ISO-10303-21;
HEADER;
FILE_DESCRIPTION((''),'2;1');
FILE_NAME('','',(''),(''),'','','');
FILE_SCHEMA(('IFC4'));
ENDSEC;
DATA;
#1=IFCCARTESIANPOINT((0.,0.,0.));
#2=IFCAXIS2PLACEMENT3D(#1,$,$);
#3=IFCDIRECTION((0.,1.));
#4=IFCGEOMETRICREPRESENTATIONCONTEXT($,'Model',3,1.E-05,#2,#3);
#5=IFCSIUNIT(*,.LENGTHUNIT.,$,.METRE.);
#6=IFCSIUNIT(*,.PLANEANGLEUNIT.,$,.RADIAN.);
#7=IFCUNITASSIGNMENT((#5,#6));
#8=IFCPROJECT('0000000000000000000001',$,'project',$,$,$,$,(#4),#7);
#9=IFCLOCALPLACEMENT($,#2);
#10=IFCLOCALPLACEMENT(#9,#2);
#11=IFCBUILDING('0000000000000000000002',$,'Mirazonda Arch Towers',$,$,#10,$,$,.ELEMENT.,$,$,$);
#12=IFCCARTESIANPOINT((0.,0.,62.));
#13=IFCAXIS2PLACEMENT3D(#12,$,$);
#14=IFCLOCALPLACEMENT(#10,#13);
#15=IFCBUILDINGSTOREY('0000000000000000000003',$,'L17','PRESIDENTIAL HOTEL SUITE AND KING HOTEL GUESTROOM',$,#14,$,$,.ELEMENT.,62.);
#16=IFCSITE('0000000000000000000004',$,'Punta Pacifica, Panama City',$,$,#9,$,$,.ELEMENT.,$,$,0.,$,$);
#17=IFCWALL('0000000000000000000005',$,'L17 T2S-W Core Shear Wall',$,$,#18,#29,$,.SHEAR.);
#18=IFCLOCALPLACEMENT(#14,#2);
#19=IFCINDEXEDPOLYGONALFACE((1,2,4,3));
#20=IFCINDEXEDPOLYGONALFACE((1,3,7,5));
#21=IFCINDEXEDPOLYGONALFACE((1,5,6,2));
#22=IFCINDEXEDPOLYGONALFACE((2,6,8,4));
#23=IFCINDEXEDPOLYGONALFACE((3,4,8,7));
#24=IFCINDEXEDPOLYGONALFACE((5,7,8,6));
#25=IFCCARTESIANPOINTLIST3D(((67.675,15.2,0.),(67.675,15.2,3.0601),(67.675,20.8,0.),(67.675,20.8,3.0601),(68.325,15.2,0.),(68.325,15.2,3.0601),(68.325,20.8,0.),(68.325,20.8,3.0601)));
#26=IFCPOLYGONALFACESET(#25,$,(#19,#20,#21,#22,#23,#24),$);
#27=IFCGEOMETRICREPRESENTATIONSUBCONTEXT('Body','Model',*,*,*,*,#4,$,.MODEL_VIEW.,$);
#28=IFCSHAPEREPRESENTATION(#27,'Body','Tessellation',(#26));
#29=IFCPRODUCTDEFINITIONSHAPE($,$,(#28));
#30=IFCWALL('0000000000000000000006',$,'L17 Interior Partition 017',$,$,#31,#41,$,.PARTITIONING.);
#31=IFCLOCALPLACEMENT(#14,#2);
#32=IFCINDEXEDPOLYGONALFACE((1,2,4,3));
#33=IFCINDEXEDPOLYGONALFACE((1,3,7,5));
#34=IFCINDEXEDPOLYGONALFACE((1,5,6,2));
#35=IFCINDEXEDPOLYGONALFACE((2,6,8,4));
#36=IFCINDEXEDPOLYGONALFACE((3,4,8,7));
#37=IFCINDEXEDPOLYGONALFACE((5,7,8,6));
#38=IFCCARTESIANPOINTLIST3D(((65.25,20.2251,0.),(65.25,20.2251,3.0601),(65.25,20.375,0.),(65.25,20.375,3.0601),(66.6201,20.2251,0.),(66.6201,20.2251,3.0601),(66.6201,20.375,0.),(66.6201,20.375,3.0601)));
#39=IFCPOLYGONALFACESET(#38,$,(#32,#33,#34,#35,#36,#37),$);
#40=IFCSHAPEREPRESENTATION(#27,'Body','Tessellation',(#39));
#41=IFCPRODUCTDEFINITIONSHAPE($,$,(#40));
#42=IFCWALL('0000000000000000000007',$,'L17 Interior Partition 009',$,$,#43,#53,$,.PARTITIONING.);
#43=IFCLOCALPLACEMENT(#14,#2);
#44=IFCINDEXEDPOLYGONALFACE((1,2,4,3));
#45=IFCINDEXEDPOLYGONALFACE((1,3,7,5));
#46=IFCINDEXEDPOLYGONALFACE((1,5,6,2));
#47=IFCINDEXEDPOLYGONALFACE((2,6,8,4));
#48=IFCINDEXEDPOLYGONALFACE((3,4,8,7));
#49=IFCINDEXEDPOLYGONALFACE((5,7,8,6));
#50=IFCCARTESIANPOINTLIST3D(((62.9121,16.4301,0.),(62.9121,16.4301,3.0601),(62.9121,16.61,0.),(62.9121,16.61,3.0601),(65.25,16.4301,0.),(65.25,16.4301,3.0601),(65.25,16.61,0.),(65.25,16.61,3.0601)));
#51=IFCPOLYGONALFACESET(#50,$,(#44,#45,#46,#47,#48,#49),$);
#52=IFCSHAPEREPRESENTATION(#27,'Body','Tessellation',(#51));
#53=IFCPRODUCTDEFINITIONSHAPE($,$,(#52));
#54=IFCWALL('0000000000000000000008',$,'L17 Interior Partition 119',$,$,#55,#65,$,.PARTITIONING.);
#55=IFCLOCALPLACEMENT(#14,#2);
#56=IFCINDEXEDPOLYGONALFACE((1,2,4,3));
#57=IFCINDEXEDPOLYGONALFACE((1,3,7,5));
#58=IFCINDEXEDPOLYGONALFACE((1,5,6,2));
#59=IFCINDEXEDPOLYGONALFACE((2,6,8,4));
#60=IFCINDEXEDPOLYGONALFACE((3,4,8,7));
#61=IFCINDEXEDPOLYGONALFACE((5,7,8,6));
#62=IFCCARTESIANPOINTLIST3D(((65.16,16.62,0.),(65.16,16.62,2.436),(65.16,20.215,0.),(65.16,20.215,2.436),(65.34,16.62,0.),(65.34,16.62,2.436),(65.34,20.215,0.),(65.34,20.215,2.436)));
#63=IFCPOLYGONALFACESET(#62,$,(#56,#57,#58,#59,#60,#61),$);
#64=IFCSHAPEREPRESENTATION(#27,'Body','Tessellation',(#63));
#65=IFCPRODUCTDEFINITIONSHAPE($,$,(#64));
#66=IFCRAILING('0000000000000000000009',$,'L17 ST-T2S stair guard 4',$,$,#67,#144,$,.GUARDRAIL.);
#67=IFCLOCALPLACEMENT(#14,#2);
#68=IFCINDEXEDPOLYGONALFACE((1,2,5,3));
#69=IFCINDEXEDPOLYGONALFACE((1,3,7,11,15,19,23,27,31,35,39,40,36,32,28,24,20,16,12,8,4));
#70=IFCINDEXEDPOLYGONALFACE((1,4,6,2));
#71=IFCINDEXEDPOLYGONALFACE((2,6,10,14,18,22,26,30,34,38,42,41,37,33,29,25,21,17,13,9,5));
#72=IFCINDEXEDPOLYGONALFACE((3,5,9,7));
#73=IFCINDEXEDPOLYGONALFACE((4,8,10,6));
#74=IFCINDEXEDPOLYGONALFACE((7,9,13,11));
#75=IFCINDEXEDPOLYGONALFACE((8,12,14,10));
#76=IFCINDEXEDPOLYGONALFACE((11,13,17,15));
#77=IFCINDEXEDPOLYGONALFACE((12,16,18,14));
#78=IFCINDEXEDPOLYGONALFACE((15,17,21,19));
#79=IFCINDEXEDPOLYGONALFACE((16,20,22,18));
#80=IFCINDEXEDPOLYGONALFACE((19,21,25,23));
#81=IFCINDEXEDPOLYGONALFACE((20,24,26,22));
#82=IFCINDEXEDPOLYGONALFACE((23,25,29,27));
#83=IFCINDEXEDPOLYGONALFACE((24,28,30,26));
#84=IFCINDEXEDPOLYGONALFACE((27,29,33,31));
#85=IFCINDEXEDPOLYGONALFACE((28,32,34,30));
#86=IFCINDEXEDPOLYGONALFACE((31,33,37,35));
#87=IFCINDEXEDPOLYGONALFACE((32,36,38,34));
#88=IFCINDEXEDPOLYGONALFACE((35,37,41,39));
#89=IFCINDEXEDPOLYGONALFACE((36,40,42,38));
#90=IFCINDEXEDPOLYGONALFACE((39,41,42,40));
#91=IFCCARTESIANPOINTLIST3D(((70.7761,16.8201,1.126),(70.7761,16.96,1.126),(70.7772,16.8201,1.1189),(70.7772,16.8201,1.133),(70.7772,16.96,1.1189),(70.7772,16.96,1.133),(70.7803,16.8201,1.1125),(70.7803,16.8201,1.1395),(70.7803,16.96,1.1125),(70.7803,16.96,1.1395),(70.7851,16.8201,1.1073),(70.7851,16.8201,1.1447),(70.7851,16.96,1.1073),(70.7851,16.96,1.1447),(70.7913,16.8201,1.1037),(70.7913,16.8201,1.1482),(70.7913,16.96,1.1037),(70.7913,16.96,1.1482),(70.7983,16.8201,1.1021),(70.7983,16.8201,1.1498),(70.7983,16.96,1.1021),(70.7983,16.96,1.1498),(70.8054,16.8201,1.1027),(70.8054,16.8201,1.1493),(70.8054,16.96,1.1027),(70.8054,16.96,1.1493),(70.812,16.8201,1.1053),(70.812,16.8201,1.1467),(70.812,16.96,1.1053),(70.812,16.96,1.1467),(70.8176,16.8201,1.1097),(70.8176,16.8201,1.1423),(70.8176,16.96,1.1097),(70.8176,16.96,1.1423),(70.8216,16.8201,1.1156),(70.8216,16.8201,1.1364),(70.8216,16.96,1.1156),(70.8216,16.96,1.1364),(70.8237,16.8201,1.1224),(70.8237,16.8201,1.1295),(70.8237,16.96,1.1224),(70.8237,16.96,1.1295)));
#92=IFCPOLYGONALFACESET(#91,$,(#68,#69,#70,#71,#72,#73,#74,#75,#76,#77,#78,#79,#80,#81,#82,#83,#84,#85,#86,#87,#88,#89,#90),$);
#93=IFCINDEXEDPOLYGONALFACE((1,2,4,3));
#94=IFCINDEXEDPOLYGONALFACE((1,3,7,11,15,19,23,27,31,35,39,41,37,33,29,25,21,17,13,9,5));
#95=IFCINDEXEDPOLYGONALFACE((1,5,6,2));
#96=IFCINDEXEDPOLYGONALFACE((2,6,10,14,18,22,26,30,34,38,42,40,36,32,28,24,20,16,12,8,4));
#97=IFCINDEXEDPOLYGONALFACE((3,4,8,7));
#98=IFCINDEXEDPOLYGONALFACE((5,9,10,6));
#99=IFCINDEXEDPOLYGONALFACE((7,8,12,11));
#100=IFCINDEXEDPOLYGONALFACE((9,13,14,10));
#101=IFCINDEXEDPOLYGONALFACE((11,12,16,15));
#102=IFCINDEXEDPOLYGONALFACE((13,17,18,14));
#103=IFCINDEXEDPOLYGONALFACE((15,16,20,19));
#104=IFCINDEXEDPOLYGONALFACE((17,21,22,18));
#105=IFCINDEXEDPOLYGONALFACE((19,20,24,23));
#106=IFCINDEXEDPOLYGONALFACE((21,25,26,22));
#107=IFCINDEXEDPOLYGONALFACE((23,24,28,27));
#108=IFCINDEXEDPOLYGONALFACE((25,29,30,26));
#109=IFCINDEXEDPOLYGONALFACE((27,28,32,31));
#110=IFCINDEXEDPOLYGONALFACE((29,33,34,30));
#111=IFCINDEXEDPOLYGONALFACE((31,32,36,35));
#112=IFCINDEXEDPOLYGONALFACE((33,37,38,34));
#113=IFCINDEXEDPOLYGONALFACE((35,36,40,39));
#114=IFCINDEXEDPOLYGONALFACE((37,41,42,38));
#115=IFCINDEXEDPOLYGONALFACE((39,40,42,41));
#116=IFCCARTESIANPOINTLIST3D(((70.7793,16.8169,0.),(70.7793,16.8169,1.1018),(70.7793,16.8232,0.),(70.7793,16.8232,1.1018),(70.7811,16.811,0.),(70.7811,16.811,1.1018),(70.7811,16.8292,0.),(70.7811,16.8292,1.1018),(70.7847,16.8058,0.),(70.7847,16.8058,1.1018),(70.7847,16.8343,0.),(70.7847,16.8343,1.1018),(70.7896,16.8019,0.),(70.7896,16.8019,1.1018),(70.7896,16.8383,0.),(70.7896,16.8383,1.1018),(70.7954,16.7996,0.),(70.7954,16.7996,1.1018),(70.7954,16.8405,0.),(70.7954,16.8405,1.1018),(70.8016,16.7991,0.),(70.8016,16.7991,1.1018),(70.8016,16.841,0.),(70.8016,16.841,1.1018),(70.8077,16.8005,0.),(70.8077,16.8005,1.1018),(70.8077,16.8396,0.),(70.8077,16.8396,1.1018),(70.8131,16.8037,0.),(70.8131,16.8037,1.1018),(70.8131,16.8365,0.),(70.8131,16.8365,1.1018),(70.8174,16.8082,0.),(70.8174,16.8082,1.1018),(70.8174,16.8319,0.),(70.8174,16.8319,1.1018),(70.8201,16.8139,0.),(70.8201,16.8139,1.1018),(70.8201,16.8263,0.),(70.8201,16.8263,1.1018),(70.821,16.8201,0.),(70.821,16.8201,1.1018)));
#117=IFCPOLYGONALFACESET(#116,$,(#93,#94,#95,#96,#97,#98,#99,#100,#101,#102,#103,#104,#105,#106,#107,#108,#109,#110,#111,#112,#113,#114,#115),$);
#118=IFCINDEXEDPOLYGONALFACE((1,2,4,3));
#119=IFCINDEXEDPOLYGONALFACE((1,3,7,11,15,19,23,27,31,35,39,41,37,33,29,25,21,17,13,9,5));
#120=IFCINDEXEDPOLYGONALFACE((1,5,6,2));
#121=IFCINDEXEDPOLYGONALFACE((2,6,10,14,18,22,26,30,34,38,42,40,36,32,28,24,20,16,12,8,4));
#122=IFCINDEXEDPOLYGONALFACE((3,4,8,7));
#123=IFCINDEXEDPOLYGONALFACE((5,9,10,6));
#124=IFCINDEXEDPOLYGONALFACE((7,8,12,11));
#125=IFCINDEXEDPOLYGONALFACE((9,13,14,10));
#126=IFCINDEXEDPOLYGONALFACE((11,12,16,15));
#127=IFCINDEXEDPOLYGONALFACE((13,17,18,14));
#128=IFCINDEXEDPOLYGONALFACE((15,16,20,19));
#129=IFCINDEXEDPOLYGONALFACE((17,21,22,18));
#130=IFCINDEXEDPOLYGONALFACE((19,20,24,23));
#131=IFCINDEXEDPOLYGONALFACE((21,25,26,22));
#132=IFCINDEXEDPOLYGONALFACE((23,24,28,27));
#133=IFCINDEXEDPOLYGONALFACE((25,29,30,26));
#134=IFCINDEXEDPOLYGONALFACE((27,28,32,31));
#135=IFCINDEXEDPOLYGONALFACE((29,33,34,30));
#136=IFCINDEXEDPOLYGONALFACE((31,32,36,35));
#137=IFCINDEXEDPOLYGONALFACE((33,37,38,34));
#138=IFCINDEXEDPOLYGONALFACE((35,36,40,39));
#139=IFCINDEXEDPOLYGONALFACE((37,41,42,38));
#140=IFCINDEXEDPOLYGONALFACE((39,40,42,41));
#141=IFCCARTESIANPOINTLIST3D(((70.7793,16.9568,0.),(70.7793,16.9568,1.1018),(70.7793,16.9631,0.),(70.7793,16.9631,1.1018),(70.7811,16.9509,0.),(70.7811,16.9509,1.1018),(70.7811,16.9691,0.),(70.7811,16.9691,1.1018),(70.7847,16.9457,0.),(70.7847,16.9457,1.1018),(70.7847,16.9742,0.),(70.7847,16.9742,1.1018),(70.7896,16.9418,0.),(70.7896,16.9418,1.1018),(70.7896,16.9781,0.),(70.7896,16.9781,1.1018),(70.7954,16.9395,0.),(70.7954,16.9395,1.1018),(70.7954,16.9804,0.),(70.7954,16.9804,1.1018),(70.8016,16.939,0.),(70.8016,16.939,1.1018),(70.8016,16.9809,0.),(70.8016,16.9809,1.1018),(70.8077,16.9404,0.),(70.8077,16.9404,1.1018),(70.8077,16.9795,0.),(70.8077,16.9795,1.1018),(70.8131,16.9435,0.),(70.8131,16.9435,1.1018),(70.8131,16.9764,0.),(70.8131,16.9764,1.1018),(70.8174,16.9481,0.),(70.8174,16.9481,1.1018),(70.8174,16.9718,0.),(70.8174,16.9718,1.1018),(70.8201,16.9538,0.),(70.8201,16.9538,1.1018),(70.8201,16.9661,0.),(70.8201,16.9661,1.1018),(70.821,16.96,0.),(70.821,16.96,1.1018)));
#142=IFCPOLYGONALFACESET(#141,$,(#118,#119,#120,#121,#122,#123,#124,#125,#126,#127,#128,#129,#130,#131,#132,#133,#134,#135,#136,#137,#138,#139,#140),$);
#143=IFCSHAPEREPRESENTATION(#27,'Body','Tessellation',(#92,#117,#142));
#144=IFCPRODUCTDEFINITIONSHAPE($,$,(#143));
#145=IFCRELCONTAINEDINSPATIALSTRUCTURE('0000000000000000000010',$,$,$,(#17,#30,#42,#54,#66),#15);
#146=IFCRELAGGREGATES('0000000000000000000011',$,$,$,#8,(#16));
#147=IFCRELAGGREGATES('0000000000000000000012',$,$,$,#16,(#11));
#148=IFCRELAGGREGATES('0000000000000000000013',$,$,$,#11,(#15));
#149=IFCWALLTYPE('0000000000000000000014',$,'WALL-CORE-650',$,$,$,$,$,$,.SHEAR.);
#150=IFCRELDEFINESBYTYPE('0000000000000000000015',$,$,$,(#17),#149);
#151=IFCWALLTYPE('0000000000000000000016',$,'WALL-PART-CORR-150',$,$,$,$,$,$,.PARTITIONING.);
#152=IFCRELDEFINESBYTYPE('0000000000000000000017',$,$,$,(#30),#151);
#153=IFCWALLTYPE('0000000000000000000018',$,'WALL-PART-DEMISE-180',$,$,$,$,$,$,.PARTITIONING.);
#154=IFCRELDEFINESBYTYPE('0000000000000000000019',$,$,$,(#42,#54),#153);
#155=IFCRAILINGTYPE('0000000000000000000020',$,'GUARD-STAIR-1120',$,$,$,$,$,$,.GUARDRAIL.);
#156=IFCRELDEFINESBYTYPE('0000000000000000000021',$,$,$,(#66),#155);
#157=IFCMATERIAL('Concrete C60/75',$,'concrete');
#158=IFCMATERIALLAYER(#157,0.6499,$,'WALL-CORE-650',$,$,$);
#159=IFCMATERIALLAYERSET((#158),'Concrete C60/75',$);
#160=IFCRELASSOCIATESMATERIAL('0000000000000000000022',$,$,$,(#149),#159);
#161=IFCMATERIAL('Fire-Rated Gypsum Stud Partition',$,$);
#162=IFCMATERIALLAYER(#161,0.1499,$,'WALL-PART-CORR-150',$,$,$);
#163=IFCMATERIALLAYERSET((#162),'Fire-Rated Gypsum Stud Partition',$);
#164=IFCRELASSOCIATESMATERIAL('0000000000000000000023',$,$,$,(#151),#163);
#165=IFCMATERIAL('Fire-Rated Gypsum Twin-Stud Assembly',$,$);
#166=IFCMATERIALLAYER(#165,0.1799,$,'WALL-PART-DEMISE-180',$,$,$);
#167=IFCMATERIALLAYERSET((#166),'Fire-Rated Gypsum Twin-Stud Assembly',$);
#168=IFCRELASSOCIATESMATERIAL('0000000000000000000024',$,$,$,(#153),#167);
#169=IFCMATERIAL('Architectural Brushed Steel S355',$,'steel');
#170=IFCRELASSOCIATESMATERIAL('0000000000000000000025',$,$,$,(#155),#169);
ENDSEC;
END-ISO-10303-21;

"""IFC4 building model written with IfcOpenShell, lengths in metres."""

from ifc_helpers import new_model, si_unit, direction, frame, frame_2d, origin, origin_2d, place, context, subcontext, project, spatial, rectangle, circle, extrude, material, layer, layer_set, type_object, element, save


model = new_model("IFC4")

# Units and contexts
model_context = context("Model", 3, precision=1e-05, world=origin(), true_north=direction((0.0, 1.0)))
body_context = subcontext(model_context, "Body", "Model", "MODEL_VIEW")
ifc_project = project(units=[si_unit("LENGTHUNIT", "METRE"), si_unit("PLANEANGLEUNIT", "RADIAN")], contexts=[model_context])

# Site, building, storey
site_placement = place(None, origin())
site = spatial("IfcSite", under=ifc_project, at=site_placement, Name="Punta Pacifica, Panama City", CompositionType="ELEMENT", RefElevation=0.0)
building_placement = place(site_placement, origin())
building = spatial("IfcBuilding", under=site, at=building_placement, Name="Mirazonda Arch Towers", CompositionType="ELEMENT")
storey_placement = place(building_placement, frame((0.0, 0.0, 62.0)))
storey = spatial("IfcBuildingStorey", under=building, at=storey_placement, Name="L17", Description="PRESIDENTIAL HOTEL SUITE AND KING HOTEL GUESTROOM", CompositionType="ELEMENT", Elevation=62.0)

# Shared definitions
ifc_material_1 = material(Name="Concrete C60/75", Category="concrete")

# Shared definitions
ifc_material_2 = material(Name="Architectural Brushed Steel S355", Category="steel")

# Walls
ifc_layer_1 = layer(ifc_material_1, 0.6499, Name="WALL-CORE-650")
ifc_layer_set_1 = layer_set([ifc_layer_1], Name="Concrete C60/75")
wall_type_1 = type_object("IfcWallType", Name="WALL-CORE-650", PredefinedType="SHEAR", material=ifc_layer_set_1)
wall_1_placement = place(storey_placement, frame((68.0, 15.2, 0.0), z_axis=(0.0, 0.0, 1.0), x_axis=(0.0, 1.0, 0.0)))
element("IfcWall", 1, at=wall_1_placement, inside=storey, type_object=wall_type_1, Name="L17 T2S-W Core Shear Wall", PredefinedType="SHEAR", context=body_context, shape_type="SweptSolid", body=[
    extrude(rectangle(XDim=5.6001, YDim=0.6499, at=frame_2d((2.8, 0.0))), origin(), (0.0, 0.0, 1.0), 3.0601),
])
ifc_material_3 = material(Name="Fire-Rated Gypsum Stud Partition")
ifc_layer_2 = layer(ifc_material_3, 0.1499, Name="WALL-PART-CORR-150")
ifc_layer_set_2 = layer_set([ifc_layer_2], Name="Fire-Rated Gypsum Stud Partition")
wall_type_2 = type_object("IfcWallType", Name="WALL-PART-CORR-150", PredefinedType="PARTITIONING", material=ifc_layer_set_2)
wall_2_placement = place(storey_placement, frame((65.25, 20.3, 0.0), z_axis=(0.0, 0.0, 1.0), x_axis=(1.0, 0.0, 0.0)))
element("IfcWall", 2, at=wall_2_placement, inside=storey, type_object=wall_type_2, Name="L17 Interior Partition 017", PredefinedType="PARTITIONING", context=body_context, shape_type="SweptSolid", body=[
    extrude(rectangle(XDim=1.3701, YDim=0.1499, at=frame_2d((0.6851, 0.0))), origin(), (0.0, 0.0, 1.0), 3.0601),
])
ifc_material_4 = material(Name="Fire-Rated Gypsum Twin-Stud Assembly")
ifc_layer_3 = layer(ifc_material_4, 0.1799, Name="WALL-PART-DEMISE-180")
ifc_layer_set_3 = layer_set([ifc_layer_3], Name="Fire-Rated Gypsum Twin-Stud Assembly")
wall_type_3 = type_object("IfcWallType", Name="WALL-PART-DEMISE-180", PredefinedType="PARTITIONING", material=ifc_layer_set_3)
wall_3_placement = place(storey_placement, frame((62.9121, 16.52, 0.0), z_axis=(0.0, 0.0, 1.0), x_axis=(1.0, 0.0, 0.0)))
element("IfcWall", 3, at=wall_3_placement, inside=storey, type_object=wall_type_3, Name="L17 Interior Partition 009", PredefinedType="PARTITIONING", context=body_context, shape_type="SweptSolid", body=[
    extrude(rectangle(XDim=2.3379, YDim=0.1799, at=frame_2d((1.1689, 0.0))), origin(), (0.0, 0.0, 1.0), 3.0601),
])
wall_4_placement = place(storey_placement, frame((65.25, 16.6201, 0.0), z_axis=(0.0, 0.0, 1.0), x_axis=(0.0, 1.0, 0.0)))
element("IfcWall", 4, at=wall_4_placement, inside=storey, type_object=wall_type_3, Name="L17 Interior Partition 119", PredefinedType="PARTITIONING", context=body_context, shape_type="SweptSolid", body=[
    extrude(rectangle(XDim=3.595, YDim=0.1799, at=frame_2d((1.7974, 0.0))), origin(), (0.0, 0.0, 1.0), 2.436),
])

# Railing
railing_type = type_object("IfcRailingType", Name="GUARD-STAIR-1120", PredefinedType="GUARDRAIL", material=ifc_material_2)
railing_placement = place(storey_placement, frame((70.8, 16.8201, 0.0)))
element("IfcRailing", 5, at=railing_placement, inside=storey, type_object=railing_type, Name="L17 ST-T2S stair guard 4", PredefinedType="GUARDRAIL", context=body_context, shape_type="SweptSolid", body=[
    extrude(circle(Radius=0.0239, at=origin_2d()), frame((0.0, 0.0, 1.126), z_axis=(0.0, 1.0, 0.0), x_axis=(-1.0, 0.0, 0.0)), (0.0, 0.0, 1.0), 0.1399),
    extrude(circle(Radius=0.021, at=origin_2d()), origin(), (0.0, 0.0, 1.0), 1.1018),
    extrude(circle(Radius=0.021, at=origin_2d()), frame((0.0, 0.1399, 0.0)), (0.0, 0.0, 1.0), 1.1018),
])

save(model, "model.ifc")
